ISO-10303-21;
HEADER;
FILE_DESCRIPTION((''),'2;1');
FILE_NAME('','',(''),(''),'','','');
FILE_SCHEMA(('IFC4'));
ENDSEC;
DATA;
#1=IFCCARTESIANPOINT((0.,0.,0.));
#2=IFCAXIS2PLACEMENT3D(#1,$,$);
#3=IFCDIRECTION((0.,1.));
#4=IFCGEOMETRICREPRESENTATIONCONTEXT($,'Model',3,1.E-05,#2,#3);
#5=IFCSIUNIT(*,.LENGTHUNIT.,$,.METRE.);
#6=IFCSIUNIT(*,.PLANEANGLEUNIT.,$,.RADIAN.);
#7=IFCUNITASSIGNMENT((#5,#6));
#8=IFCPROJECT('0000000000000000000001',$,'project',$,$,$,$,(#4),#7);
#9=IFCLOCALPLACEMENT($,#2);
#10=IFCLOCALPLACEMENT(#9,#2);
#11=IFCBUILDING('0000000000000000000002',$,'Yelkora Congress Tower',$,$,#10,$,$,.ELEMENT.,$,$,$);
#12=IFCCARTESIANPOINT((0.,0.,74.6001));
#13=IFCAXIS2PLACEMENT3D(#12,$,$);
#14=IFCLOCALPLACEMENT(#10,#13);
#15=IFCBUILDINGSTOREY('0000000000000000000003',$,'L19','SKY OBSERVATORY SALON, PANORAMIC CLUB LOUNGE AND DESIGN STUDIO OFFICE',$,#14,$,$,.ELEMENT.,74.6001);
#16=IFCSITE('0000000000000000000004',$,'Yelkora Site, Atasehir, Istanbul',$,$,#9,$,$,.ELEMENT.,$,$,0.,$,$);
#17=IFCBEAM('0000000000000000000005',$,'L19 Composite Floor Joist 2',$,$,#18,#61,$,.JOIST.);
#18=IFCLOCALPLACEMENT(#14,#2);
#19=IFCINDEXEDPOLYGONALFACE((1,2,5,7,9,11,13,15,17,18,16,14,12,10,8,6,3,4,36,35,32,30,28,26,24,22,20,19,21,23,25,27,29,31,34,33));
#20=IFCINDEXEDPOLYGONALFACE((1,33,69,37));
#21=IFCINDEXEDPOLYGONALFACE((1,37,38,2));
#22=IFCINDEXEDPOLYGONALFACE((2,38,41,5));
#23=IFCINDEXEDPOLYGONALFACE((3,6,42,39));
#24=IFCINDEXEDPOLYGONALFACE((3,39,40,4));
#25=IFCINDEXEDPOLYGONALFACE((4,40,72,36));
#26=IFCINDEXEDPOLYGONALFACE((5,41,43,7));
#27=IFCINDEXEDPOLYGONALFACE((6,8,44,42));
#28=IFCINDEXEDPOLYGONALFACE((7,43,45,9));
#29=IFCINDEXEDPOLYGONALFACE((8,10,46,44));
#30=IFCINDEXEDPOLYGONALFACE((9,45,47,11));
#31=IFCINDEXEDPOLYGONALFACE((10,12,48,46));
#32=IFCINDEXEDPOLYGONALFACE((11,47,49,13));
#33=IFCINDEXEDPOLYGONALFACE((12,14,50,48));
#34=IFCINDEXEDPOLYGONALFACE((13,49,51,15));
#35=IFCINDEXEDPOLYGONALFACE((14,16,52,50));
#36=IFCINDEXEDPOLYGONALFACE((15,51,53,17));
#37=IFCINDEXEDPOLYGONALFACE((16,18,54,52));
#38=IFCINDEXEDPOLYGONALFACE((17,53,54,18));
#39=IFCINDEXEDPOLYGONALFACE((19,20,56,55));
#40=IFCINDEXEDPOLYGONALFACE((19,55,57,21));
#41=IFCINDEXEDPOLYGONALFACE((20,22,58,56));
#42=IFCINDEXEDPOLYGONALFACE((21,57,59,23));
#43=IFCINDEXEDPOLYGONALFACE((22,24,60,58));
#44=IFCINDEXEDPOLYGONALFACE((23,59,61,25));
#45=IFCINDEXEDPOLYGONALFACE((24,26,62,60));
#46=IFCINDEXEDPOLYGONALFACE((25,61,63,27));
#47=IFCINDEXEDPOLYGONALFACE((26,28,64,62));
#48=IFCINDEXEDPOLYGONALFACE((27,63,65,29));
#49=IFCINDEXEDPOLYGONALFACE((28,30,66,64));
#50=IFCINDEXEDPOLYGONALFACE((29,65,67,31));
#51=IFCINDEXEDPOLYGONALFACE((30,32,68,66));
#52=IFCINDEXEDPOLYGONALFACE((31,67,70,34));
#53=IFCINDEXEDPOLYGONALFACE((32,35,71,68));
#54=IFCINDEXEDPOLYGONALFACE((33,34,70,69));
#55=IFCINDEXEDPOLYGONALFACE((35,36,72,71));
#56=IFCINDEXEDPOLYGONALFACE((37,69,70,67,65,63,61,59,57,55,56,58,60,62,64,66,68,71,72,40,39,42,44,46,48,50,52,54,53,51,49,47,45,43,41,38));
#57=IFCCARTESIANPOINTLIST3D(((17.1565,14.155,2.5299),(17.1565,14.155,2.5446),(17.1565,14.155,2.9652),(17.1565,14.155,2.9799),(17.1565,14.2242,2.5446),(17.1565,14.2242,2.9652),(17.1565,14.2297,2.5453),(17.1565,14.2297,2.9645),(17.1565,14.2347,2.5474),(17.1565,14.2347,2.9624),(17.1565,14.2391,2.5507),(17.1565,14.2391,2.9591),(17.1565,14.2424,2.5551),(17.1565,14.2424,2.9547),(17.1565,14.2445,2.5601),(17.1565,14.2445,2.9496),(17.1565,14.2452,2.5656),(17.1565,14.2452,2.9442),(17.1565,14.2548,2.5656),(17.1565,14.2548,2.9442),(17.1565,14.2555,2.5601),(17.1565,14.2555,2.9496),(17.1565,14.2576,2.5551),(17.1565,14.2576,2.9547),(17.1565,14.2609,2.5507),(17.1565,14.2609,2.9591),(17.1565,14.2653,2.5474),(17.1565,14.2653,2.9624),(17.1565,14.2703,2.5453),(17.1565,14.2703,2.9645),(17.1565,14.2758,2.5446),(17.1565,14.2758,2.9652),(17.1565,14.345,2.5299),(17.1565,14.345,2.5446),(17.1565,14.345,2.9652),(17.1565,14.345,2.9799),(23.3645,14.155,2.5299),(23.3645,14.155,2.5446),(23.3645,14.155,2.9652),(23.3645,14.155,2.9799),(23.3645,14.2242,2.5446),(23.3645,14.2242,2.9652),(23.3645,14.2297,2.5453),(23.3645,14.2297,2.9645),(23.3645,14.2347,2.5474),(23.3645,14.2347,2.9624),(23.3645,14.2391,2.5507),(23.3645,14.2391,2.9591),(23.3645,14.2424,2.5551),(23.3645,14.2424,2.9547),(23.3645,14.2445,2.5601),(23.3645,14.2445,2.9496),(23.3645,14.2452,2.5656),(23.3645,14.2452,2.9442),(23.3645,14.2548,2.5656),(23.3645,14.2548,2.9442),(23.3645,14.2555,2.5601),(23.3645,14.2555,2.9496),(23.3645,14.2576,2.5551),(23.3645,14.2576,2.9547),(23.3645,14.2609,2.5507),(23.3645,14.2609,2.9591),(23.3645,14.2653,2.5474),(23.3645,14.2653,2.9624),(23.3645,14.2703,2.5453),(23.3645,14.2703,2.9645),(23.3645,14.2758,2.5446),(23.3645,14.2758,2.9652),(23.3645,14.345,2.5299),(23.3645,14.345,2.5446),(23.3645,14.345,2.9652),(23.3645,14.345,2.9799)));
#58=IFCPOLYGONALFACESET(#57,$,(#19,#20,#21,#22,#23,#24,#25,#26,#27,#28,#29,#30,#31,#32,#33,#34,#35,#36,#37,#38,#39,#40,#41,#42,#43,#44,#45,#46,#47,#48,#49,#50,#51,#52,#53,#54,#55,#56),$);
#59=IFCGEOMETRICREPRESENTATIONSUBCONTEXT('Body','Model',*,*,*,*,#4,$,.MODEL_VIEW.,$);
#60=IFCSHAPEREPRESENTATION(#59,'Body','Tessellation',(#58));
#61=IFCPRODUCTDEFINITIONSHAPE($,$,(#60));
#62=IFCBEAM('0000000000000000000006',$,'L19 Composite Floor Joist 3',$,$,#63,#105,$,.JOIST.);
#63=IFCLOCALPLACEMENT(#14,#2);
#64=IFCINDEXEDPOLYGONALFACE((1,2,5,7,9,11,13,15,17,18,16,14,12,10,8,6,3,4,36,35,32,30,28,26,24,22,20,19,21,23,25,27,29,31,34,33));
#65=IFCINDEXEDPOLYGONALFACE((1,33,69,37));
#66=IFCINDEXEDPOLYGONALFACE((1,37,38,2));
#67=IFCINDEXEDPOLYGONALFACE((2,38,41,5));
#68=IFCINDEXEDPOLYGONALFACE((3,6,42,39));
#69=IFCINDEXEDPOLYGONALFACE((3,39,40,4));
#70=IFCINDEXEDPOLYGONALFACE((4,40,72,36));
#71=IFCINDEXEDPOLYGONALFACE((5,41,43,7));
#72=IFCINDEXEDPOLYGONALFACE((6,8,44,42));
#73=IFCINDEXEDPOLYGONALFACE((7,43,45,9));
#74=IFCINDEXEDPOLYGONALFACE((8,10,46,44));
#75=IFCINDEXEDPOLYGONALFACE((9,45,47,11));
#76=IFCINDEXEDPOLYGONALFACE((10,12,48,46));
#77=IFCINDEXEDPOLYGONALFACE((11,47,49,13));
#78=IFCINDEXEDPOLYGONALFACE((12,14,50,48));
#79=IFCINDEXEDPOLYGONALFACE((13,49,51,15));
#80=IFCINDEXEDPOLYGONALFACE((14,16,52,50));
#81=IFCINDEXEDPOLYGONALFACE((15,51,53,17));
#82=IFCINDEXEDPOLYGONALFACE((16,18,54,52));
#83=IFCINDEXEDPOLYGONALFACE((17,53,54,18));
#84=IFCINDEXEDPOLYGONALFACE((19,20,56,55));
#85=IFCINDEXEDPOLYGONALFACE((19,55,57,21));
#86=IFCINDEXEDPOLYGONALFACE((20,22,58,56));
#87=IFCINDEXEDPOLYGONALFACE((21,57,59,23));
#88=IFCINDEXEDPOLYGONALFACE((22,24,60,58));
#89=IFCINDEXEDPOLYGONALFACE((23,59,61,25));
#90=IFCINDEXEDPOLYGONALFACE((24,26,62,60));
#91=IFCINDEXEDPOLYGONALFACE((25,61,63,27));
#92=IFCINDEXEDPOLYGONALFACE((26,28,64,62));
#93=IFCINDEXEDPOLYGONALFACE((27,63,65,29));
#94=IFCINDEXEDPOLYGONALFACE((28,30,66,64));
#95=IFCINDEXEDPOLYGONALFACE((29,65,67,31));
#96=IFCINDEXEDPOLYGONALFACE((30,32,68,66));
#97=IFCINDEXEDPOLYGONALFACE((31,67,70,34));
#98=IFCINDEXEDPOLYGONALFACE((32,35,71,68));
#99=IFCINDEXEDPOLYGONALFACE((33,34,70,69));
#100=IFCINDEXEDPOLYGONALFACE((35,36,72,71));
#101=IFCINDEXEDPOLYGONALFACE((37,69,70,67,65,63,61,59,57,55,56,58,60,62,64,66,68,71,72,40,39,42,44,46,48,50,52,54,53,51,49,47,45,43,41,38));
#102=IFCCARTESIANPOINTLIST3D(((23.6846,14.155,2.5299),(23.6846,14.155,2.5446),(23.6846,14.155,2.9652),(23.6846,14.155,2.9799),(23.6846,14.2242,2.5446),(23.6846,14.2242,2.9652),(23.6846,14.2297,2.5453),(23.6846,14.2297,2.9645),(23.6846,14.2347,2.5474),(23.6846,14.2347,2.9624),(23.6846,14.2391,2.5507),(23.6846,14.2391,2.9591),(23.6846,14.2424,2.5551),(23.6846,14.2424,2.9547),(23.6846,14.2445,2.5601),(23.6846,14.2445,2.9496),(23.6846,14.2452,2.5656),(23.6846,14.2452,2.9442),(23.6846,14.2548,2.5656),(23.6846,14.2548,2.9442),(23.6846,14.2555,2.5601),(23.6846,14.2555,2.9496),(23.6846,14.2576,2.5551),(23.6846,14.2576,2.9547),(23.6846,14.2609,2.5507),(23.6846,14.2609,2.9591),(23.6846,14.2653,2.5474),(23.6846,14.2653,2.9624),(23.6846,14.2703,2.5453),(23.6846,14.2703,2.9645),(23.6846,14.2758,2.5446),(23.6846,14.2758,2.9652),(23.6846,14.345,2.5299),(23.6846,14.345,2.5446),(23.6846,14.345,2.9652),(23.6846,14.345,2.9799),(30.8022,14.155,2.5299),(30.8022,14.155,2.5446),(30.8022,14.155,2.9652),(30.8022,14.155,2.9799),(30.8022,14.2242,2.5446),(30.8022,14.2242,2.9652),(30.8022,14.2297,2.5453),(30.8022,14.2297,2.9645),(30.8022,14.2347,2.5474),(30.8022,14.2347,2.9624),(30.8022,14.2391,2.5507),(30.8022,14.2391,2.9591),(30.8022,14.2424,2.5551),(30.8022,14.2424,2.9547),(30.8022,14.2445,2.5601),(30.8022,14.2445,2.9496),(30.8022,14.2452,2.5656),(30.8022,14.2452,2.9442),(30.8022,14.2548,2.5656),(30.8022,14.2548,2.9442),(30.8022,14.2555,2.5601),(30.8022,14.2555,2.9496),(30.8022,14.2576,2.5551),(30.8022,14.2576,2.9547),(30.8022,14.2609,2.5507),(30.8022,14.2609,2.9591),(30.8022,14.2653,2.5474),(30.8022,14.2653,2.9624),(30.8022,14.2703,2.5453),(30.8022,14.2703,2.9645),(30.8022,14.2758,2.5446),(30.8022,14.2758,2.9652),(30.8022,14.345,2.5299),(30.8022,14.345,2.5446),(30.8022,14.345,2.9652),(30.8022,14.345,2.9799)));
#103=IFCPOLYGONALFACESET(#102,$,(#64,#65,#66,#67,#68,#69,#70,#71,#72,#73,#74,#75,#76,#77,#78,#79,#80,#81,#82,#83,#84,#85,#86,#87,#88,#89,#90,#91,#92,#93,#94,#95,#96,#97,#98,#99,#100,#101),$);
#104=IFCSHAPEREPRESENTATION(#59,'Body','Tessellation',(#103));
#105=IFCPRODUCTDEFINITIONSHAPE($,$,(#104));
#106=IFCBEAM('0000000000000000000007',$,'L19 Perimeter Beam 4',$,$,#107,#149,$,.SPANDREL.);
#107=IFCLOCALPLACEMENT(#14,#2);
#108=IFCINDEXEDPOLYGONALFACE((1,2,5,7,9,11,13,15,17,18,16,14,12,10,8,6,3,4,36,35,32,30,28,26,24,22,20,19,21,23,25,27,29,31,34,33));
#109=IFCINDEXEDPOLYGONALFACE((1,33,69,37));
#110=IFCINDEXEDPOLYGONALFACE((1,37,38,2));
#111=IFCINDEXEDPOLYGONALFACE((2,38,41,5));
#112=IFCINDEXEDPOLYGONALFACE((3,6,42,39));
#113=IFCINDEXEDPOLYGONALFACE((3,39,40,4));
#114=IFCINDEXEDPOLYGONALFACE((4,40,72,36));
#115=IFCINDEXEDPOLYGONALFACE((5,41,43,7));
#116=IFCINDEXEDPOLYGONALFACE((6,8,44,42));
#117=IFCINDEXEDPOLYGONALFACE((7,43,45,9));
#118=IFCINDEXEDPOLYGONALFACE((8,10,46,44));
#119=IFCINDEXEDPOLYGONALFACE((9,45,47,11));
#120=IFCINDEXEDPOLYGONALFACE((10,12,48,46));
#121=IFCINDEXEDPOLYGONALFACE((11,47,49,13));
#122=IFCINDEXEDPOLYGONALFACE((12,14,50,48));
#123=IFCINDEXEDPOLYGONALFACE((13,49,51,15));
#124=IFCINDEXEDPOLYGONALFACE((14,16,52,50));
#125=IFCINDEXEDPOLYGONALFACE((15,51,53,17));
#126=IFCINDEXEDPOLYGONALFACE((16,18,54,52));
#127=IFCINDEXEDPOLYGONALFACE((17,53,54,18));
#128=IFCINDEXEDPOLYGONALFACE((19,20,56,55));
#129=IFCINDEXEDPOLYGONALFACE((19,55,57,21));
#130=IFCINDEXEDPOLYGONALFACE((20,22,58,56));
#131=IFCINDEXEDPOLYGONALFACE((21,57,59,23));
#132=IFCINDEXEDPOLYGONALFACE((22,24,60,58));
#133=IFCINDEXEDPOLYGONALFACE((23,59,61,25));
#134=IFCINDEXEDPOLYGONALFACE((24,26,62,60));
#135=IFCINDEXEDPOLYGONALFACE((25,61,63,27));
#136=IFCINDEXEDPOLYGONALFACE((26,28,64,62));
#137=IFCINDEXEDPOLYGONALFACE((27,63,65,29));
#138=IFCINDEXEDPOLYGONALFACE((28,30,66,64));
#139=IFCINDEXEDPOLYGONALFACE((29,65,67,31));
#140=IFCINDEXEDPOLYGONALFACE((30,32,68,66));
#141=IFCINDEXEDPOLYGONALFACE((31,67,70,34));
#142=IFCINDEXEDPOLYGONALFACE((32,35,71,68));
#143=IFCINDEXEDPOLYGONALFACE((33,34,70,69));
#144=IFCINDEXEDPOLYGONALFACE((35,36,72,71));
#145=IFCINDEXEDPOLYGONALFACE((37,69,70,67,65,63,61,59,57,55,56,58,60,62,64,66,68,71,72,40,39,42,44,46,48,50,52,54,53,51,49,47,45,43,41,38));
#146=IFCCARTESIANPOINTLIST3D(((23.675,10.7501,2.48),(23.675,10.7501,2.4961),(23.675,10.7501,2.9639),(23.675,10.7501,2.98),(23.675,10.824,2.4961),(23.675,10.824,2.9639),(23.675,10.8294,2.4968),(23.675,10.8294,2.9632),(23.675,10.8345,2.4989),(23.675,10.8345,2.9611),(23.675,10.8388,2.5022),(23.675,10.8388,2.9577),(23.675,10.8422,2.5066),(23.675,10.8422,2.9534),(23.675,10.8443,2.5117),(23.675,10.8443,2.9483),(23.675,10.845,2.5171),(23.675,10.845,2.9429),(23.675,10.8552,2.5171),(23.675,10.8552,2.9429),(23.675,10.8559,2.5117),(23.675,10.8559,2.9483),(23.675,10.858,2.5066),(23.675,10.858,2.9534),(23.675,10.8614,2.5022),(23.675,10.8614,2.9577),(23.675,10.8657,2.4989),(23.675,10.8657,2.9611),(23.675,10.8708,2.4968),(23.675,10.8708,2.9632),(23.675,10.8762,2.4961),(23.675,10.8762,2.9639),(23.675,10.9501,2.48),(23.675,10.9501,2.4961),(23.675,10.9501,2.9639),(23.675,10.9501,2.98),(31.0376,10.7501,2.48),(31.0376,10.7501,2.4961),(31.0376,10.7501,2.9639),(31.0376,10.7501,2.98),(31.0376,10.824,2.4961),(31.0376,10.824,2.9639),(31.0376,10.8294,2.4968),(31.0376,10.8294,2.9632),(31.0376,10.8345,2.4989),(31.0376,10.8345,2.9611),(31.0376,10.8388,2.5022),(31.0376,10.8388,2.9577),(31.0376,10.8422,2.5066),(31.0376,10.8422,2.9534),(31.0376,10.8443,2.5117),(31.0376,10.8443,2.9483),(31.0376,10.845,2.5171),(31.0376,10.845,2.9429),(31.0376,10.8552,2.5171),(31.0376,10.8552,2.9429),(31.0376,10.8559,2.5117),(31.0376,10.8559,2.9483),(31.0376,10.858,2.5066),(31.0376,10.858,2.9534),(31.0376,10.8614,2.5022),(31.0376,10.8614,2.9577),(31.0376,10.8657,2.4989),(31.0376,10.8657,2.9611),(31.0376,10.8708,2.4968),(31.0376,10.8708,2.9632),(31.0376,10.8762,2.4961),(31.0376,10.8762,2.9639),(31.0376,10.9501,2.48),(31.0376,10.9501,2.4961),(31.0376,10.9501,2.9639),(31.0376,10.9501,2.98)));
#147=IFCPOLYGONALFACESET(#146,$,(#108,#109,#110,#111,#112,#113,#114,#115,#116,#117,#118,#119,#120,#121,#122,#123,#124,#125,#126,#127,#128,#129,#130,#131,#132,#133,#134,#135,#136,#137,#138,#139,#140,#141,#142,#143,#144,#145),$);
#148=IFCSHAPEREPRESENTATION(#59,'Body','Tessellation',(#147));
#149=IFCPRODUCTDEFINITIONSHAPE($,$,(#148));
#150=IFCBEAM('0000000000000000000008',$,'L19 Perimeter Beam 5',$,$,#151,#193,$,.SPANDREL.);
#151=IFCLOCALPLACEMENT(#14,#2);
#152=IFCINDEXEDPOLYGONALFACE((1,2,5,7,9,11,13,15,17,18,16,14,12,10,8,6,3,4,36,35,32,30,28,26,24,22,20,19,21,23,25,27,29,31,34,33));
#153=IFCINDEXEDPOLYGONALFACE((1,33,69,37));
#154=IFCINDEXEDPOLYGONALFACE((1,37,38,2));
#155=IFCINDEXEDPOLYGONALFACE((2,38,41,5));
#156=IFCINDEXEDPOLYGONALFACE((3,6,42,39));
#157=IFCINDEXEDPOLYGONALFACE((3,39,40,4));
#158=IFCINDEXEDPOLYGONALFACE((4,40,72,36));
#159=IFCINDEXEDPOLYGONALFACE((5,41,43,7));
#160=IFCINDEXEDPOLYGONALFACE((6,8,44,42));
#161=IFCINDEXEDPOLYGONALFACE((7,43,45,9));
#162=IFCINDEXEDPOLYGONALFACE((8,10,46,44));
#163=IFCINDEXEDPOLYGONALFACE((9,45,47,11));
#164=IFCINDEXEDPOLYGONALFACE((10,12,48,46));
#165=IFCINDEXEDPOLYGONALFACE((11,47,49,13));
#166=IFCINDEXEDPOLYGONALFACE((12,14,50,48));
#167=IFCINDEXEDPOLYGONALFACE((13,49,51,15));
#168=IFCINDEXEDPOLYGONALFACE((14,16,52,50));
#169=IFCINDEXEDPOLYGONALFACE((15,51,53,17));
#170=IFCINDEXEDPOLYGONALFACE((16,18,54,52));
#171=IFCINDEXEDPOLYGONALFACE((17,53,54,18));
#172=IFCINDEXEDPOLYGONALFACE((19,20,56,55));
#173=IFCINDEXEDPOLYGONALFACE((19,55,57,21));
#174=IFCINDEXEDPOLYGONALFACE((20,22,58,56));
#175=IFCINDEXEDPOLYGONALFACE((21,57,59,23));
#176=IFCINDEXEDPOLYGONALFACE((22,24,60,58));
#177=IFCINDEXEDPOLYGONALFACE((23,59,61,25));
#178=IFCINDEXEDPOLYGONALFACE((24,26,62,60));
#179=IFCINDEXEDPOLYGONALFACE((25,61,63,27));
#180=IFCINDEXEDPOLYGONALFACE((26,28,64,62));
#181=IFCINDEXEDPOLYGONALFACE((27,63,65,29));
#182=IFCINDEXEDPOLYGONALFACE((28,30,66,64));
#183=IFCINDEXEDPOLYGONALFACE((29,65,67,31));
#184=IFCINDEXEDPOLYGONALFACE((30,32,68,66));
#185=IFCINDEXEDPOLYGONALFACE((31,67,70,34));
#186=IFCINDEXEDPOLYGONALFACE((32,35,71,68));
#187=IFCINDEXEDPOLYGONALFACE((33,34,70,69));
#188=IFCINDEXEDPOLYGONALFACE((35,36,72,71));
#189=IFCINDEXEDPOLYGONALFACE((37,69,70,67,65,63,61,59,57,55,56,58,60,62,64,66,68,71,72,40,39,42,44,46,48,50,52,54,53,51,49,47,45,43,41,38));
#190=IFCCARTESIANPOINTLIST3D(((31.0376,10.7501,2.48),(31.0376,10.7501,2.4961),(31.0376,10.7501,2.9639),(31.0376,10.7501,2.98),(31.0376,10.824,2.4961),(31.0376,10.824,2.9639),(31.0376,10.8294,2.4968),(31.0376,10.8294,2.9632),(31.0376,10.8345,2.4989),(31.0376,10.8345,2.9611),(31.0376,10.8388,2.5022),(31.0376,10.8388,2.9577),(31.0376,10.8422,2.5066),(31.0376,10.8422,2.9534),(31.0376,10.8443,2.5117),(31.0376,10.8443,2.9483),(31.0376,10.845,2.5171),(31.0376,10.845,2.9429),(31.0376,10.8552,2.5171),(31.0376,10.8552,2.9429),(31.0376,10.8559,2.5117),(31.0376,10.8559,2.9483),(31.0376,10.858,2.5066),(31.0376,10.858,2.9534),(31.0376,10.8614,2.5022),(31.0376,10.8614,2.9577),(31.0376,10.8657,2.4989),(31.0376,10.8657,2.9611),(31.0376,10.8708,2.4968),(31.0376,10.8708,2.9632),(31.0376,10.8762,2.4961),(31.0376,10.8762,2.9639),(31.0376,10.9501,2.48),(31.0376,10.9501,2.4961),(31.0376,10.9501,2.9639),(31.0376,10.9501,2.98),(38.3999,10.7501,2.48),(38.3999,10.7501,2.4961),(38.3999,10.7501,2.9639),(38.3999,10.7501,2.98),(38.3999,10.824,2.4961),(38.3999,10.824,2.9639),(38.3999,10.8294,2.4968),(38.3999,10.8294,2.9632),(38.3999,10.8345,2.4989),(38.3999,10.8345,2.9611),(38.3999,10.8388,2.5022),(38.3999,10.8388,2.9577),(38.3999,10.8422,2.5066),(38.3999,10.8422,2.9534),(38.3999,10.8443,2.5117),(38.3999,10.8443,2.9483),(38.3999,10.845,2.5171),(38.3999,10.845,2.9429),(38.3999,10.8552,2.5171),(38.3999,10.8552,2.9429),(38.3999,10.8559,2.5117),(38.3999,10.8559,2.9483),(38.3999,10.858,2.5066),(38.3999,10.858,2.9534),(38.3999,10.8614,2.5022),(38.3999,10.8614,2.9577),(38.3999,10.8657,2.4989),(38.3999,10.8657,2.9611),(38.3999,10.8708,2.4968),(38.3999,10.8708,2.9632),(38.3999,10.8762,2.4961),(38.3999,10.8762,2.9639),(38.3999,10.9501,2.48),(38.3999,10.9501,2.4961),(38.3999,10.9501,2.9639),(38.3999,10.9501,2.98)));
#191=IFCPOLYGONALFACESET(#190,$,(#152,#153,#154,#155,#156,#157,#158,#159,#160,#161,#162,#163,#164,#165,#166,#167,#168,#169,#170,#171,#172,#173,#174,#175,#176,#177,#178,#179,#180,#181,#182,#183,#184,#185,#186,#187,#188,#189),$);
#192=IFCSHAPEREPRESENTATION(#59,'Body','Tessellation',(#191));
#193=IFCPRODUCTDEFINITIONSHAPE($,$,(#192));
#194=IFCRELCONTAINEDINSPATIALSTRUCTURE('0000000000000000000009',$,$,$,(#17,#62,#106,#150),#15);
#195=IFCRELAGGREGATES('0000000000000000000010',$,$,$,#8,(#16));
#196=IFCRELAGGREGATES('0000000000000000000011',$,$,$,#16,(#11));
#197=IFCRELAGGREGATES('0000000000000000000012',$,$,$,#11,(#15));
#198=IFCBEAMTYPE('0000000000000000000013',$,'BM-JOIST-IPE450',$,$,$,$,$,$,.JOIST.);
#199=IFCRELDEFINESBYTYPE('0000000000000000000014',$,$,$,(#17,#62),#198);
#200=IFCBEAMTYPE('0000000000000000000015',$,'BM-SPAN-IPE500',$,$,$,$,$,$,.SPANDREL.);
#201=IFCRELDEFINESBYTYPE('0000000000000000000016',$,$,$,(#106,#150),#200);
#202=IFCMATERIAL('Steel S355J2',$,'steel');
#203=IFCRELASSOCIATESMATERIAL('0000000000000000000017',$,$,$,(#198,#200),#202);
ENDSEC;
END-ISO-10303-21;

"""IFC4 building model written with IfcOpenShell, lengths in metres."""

from ifc_helpers import new_model, si_unit, direction, frame, origin, origin_2d, place, context, subcontext, project, spatial, i_section, extrude, material, material_profile, profile_set, type_object, element, save


model = new_model("IFC4")

# Units and contexts
model_context = context("Model", 3, precision=1e-05, world=origin(), true_north=direction((0.0, 1.0)))
body_context = subcontext(model_context, "Body", "Model", "MODEL_VIEW")
ifc_project = project(units=[si_unit("LENGTHUNIT", "METRE"), si_unit("PLANEANGLEUNIT", "RADIAN")], contexts=[model_context])

# Site, building, storey
site_placement = place(None, origin())
site = spatial("IfcSite", under=ifc_project, at=site_placement, Name="Yelkora Site, Atasehir, Istanbul", CompositionType="ELEMENT", RefElevation=0.0)
building_placement = place(site_placement, origin())
building = spatial("IfcBuilding", under=site, at=building_placement, Name="Yelkora Congress Tower", CompositionType="ELEMENT")
storey_placement = place(building_placement, frame((0.0, 0.0, 74.6001)))
storey = spatial("IfcBuildingStorey", under=building, at=storey_placement, Name="L19", Description="SKY OBSERVATORY SALON, PANORAMIC CLUB LOUNGE AND DESIGN STUDIO OFFICE", CompositionType="ELEMENT", Elevation=74.6001)

# Beams
ifc_material_1 = material(Name="Steel S355J2", Category="steel")
ifc_material_profile_1 = material_profile(ifc_material_1, i_section(OverallWidth=0.1899, OverallDepth=0.45, WebThickness=0.0095, FlangeThickness=0.0146, FilletRadius=0.021, at=origin_2d()), Name="IPE 450")
ifc_profile_set_1 = profile_set([ifc_material_profile_1], Name="Steel S355J2")
beam_type_1 = type_object("IfcBeamType", Name="BM-JOIST-IPE450", PredefinedType="JOIST", material=ifc_profile_set_1)
beam_1_placement = place(storey_placement, frame((17.1565, 14.25, 2.7549), z_axis=(1.0, 0.0, 0.0), x_axis=(0.0, 1.0, 0.0)))
element("IfcBeam", 1, at=beam_1_placement, inside=storey, type_object=beam_type_1, Name="L19 Composite Floor Joist 2", PredefinedType="JOIST", context=body_context, shape_type="SweptSolid", body=[
    extrude(i_section(OverallWidth=0.1899, OverallDepth=0.45, WebThickness=0.0095, FlangeThickness=0.0146, FilletRadius=0.021, at=origin_2d()), origin(), (0.0, 0.0, 1.0), 6.208),
])
beam_2_placement = place(storey_placement, frame((23.6846, 14.25, 2.7549), z_axis=(1.0, 0.0, 0.0), x_axis=(0.0, 1.0, 0.0)))
element("IfcBeam", 2, at=beam_2_placement, inside=storey, type_object=beam_type_1, Name="L19 Composite Floor Joist 3", PredefinedType="JOIST", context=body_context, shape_type="SweptSolid", body=[
    extrude(i_section(OverallWidth=0.1899, OverallDepth=0.45, WebThickness=0.0095, FlangeThickness=0.0146, FilletRadius=0.021, at=origin_2d()), origin(), (0.0, 0.0, 1.0), 7.1177),
])
ifc_material_profile_2 = material_profile(ifc_material_1, i_section(OverallWidth=0.2, OverallDepth=0.5, WebThickness=0.0103, FlangeThickness=0.0161, FilletRadius=0.021, at=origin_2d()), Name="IPE 500")
ifc_profile_set_2 = profile_set([ifc_material_profile_2], Name="Steel S355J2")
beam_type_2 = type_object("IfcBeamType", Name="BM-SPAN-IPE500", PredefinedType="SPANDREL", material=ifc_profile_set_2)
beam_3_placement = place(storey_placement, frame((23.675, 10.8501, 2.73), z_axis=(1.0, 0.0, 0.0), x_axis=(0.0, 1.0, 0.0)))
element("IfcBeam", 3, at=beam_3_placement, inside=storey, type_object=beam_type_2, Name="L19 Perimeter Beam 4", PredefinedType="SPANDREL", context=body_context, shape_type="SweptSolid", body=[
    extrude(i_section(OverallWidth=0.2, OverallDepth=0.5, WebThickness=0.0103, FlangeThickness=0.0161, FilletRadius=0.021, at=origin_2d()), origin(), (0.0, 0.0, 1.0), 7.3625),
])
beam_4_placement = place(storey_placement, frame((31.0376, 10.8501, 2.73), z_axis=(1.0, 0.0, 0.0), x_axis=(0.0, 1.0, 0.0)))
element("IfcBeam", 4, at=beam_4_placement, inside=storey, type_object=beam_type_2, Name="L19 Perimeter Beam 5", PredefinedType="SPANDREL", context=body_context, shape_type="SweptSolid", body=[
    extrude(i_section(OverallWidth=0.2, OverallDepth=0.5, WebThickness=0.0103, FlangeThickness=0.0161, FilletRadius=0.021, at=origin_2d()), origin(), (0.0, 0.0, 1.0), 7.3623),
])

save(model, "model.ifc")
